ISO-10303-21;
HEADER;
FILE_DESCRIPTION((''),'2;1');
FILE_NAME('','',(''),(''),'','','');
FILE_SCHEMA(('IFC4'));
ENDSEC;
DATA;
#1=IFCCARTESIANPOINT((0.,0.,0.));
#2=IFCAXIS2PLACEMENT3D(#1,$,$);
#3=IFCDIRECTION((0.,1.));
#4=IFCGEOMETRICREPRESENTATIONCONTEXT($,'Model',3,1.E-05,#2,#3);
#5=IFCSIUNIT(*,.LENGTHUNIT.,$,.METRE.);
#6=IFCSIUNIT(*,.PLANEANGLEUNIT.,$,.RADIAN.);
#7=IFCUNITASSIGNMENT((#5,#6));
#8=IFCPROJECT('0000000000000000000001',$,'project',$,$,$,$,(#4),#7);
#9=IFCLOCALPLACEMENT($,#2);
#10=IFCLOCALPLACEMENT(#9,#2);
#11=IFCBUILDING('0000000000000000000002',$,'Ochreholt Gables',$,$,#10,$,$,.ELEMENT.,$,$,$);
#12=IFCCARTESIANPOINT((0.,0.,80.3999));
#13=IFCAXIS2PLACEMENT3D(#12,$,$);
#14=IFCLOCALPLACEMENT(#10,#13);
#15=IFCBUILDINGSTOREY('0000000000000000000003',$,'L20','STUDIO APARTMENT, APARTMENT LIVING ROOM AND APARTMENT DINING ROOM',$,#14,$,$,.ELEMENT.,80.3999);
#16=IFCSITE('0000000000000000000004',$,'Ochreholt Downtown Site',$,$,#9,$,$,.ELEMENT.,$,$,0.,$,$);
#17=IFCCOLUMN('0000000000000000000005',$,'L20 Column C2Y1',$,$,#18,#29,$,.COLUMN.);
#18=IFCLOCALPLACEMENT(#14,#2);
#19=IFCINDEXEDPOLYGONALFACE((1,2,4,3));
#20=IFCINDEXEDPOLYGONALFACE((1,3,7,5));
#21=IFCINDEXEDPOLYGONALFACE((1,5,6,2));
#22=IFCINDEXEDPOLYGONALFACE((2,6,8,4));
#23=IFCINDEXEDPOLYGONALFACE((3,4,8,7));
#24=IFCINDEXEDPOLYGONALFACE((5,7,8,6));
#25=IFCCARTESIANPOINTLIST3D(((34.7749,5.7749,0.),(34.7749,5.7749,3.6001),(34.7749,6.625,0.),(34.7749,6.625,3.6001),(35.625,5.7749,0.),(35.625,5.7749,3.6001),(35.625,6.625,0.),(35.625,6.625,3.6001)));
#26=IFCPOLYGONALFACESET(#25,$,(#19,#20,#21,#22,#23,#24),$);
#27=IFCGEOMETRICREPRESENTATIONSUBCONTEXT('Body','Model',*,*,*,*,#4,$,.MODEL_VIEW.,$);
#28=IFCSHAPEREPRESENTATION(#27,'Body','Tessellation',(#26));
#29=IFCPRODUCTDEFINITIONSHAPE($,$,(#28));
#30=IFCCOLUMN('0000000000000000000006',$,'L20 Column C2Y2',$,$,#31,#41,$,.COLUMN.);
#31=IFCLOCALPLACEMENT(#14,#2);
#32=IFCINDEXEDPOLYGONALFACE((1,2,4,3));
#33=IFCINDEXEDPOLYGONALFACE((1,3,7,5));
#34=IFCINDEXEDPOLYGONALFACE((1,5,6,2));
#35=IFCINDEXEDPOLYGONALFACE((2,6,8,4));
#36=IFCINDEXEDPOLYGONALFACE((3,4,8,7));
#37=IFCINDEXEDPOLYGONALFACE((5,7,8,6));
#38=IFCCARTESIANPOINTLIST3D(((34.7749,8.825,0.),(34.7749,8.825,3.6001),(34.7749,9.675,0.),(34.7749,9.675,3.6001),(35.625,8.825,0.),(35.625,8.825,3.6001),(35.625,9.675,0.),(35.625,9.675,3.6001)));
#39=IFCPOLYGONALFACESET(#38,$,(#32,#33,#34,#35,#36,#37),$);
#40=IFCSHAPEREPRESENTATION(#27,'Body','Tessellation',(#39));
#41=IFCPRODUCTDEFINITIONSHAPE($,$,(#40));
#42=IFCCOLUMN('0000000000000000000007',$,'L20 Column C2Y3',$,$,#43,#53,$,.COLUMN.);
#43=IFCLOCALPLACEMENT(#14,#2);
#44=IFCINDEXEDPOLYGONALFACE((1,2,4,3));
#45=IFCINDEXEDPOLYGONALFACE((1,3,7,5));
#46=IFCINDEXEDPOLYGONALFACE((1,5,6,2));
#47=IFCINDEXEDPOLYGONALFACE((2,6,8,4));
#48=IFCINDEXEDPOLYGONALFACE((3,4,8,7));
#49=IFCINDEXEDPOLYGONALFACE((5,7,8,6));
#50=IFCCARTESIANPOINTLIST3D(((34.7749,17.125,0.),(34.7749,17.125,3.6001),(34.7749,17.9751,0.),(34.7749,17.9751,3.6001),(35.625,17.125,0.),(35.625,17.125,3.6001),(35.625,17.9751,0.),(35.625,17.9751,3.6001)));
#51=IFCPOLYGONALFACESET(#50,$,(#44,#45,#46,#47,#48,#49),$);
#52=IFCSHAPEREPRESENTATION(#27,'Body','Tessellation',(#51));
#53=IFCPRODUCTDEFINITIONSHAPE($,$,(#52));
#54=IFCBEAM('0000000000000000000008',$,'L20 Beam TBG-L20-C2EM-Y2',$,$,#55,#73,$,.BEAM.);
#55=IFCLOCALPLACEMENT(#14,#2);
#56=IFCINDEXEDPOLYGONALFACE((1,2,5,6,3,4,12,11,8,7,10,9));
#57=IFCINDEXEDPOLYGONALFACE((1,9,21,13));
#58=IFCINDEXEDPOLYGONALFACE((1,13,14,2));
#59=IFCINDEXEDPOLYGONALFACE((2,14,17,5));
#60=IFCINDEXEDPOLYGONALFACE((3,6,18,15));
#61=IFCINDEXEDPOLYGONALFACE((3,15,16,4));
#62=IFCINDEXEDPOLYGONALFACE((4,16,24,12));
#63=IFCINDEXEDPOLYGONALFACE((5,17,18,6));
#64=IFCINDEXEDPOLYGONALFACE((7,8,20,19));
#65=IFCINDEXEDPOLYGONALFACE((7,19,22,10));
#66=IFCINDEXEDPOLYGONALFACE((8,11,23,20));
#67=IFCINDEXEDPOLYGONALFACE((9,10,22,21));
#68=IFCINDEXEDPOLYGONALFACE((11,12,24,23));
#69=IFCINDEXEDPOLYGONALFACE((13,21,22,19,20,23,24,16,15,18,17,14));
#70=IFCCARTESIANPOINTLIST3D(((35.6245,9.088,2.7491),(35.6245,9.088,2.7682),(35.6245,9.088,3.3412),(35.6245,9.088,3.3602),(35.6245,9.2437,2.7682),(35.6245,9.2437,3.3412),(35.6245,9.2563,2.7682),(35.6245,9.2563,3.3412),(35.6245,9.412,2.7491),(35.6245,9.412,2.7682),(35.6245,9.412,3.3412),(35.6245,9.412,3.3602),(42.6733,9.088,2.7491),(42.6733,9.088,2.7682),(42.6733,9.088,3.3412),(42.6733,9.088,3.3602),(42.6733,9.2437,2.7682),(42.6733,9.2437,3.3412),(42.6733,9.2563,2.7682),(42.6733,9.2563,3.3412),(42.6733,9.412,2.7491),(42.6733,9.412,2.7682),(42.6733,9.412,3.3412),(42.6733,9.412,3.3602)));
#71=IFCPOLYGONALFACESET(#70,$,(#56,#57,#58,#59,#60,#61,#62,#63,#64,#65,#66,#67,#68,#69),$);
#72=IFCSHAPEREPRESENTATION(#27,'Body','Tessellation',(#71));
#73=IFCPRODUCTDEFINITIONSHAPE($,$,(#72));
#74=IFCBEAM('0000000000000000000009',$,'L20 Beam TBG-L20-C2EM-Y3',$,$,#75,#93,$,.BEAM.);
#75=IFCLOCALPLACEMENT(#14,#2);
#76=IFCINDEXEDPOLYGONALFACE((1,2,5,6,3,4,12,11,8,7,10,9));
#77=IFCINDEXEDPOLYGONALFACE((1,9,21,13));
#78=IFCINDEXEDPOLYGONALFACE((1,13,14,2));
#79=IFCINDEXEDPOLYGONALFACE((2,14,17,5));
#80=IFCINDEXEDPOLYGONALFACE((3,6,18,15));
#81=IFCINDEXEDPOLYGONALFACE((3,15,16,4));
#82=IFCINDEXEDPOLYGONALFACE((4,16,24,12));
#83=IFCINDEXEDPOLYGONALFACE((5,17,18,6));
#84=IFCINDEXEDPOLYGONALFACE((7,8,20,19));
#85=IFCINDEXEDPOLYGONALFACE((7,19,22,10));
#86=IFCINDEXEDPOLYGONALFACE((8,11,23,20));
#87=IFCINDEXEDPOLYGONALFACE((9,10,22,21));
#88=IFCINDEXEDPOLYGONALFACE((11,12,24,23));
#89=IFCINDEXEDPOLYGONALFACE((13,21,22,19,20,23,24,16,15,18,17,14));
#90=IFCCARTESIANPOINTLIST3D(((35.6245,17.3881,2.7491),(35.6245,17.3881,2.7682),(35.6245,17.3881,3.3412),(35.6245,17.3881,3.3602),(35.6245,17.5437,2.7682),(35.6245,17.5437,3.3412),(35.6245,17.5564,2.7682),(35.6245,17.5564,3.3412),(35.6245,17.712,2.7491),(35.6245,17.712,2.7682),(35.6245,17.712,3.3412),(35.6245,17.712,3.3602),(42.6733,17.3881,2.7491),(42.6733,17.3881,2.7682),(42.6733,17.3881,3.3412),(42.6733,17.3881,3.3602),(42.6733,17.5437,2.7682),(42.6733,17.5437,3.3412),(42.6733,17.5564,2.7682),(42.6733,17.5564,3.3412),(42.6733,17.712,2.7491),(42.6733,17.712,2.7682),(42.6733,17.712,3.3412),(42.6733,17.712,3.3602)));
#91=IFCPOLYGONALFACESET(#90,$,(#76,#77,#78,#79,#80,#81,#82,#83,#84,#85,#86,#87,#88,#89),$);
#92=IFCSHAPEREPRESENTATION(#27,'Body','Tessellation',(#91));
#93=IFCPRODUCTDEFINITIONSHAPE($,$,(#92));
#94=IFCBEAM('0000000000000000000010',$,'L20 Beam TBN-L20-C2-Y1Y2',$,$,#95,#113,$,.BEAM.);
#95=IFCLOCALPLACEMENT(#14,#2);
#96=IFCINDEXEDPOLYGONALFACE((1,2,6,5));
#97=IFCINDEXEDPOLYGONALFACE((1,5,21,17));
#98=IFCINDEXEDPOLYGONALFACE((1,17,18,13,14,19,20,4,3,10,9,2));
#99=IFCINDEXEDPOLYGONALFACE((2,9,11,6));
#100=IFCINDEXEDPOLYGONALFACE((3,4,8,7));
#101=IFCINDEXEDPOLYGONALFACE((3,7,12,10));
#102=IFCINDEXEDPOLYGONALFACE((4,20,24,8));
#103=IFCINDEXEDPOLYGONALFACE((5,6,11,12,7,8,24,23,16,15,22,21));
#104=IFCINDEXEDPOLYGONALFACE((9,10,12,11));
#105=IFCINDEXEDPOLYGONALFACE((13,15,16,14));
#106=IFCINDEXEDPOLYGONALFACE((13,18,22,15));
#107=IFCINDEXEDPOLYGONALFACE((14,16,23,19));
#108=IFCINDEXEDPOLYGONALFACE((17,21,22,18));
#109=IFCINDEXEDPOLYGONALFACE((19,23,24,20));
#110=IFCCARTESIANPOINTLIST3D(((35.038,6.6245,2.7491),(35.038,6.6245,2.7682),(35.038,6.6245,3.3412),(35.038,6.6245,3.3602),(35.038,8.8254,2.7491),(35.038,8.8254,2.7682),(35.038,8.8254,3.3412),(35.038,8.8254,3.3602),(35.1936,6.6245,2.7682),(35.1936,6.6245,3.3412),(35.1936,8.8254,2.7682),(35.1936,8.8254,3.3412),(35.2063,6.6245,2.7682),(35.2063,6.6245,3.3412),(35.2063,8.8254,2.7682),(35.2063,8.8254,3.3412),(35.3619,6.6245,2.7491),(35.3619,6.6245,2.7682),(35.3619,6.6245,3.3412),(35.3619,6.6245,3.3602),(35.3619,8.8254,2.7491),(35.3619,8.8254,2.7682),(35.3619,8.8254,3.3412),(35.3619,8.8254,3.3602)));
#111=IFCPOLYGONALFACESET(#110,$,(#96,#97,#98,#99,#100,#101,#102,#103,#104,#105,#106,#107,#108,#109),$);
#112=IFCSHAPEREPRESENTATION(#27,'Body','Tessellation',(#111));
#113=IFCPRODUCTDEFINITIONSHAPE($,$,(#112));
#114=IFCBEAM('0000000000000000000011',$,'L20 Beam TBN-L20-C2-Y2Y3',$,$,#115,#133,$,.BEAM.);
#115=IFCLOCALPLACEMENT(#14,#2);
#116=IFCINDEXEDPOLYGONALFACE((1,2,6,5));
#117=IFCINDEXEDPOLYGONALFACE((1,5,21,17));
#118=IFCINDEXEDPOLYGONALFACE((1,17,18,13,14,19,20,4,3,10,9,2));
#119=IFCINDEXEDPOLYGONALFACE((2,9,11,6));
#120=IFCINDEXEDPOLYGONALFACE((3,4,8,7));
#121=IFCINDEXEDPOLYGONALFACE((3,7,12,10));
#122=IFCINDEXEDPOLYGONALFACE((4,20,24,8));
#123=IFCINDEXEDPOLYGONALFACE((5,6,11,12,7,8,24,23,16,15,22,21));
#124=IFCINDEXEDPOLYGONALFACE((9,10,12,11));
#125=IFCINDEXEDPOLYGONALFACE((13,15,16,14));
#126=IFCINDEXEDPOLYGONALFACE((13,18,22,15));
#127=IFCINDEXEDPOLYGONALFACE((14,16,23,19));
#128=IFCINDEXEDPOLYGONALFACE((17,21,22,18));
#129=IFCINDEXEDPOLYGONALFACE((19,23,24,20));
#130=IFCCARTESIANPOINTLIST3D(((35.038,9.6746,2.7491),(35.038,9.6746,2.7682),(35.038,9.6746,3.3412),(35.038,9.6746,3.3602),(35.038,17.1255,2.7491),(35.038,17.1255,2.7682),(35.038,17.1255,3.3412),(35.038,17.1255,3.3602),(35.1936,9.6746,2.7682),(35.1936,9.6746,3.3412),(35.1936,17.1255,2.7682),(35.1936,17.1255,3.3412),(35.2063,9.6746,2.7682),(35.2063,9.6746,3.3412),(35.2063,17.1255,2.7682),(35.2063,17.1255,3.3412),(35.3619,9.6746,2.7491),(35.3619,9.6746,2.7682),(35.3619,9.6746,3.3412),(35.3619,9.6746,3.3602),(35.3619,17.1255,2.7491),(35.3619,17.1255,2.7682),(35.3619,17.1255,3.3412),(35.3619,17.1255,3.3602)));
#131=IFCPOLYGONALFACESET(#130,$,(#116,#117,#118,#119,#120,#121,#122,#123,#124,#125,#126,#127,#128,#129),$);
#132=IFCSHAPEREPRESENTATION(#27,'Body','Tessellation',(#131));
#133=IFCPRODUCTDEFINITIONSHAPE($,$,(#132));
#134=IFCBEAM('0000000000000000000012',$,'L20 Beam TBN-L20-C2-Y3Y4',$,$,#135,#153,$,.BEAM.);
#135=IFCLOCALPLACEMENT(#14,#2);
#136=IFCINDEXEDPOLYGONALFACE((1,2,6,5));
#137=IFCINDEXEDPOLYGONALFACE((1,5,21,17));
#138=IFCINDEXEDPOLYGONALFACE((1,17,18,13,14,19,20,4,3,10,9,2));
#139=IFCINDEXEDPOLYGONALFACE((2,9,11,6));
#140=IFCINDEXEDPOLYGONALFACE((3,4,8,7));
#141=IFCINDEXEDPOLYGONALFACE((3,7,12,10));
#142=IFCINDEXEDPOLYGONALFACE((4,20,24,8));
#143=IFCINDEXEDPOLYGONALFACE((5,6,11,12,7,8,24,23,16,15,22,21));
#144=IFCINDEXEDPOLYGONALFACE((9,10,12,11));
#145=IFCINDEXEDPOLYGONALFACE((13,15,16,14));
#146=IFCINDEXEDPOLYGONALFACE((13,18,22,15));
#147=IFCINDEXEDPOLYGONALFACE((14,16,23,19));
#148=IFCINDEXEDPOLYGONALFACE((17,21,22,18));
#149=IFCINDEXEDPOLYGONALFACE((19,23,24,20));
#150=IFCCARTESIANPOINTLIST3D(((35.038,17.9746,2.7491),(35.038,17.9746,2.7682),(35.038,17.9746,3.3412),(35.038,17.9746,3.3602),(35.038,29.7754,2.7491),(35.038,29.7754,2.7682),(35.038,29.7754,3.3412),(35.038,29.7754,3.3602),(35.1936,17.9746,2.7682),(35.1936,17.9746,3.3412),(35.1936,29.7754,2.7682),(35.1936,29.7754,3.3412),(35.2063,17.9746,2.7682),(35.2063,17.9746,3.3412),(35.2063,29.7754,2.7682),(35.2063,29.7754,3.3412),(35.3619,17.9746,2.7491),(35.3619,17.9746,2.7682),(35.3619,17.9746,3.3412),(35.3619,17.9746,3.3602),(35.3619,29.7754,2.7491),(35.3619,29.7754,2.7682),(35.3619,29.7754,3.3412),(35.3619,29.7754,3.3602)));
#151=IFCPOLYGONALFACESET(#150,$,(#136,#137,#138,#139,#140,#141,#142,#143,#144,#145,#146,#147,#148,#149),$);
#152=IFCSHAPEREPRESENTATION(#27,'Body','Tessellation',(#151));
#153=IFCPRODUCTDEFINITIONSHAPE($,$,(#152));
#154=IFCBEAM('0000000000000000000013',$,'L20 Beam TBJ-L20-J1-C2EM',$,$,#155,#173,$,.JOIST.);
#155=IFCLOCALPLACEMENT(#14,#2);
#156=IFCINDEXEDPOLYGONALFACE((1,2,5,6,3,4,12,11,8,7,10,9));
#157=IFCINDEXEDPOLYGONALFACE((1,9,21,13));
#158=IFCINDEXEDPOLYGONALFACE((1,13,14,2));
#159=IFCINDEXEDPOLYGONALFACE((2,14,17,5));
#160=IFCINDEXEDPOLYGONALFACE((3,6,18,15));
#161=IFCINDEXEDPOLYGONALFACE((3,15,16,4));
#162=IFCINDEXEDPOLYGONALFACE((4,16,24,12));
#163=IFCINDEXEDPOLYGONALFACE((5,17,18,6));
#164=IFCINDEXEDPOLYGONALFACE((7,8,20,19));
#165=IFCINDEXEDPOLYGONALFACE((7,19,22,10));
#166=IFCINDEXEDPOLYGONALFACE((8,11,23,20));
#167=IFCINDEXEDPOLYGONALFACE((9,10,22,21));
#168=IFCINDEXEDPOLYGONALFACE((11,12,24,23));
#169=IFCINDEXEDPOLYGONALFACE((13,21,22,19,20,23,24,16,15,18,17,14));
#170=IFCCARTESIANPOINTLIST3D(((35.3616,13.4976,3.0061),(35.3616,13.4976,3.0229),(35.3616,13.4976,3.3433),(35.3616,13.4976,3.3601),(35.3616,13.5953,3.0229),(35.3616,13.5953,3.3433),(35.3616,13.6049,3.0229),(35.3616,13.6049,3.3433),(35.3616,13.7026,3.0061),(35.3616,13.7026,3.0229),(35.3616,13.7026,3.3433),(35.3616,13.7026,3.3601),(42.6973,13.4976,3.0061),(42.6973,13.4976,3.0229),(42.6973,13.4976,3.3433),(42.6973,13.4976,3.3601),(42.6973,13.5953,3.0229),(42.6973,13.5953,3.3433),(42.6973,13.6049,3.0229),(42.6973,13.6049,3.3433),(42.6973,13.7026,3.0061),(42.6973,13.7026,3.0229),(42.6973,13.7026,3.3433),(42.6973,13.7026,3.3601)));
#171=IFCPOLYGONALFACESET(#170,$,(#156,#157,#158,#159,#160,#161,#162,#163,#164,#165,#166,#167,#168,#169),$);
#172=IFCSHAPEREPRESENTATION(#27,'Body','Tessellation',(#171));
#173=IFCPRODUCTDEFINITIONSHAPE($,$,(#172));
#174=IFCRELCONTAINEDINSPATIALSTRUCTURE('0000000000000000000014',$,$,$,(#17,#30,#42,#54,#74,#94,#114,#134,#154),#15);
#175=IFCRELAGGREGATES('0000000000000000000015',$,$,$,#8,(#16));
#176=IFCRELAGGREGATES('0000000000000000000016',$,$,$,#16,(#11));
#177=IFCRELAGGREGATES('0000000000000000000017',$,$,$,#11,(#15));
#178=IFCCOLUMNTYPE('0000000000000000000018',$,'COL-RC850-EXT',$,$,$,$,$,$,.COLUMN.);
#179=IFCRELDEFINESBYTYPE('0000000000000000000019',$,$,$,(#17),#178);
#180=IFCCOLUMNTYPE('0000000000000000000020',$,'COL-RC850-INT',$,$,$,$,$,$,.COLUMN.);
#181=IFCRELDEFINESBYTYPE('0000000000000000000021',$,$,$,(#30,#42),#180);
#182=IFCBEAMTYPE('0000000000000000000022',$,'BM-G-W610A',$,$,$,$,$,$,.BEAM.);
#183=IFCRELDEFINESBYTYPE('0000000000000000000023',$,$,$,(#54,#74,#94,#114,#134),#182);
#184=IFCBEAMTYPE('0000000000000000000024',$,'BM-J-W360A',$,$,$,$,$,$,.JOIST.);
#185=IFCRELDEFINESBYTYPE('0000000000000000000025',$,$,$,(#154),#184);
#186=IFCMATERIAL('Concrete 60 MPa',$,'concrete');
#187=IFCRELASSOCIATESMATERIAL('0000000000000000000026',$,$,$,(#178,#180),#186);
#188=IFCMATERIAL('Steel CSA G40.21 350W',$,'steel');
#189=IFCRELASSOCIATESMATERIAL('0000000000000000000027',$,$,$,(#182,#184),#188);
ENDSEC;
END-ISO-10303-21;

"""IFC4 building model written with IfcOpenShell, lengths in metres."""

from ifc_helpers import new_model, si_unit, direction, frame, origin, origin_2d, place, context, subcontext, project, spatial, rectangle, i_section, extrude, material, material_profile, profile_set, type_object, element, save


model = new_model("IFC4")

# Units and contexts
model_context = context("Model", 3, precision=1e-05, world=origin(), true_north=direction((0.0, 1.0)))
body_context = subcontext(model_context, "Body", "Model", "MODEL_VIEW")
ifc_project = project(units=[si_unit("LENGTHUNIT", "METRE"), si_unit("PLANEANGLEUNIT", "RADIAN")], contexts=[model_context])

# Site, building, storey
site_placement = place(None, origin())
site = spatial("IfcSite", under=ifc_project, at=site_placement, Name="Ochreholt Downtown Site", CompositionType="ELEMENT", RefElevation=0.0)
building_placement = place(site_placement, origin())
building = spatial("IfcBuilding", under=site, at=building_placement, Name="Ochreholt Gables", CompositionType="ELEMENT")
storey_placement = place(building_placement, frame((0.0, 0.0, 80.3999)))
storey = spatial("IfcBuildingStorey", under=building, at=storey_placement, Name="L20", Description="STUDIO APARTMENT, APARTMENT LIVING ROOM AND APARTMENT DINING ROOM", CompositionType="ELEMENT", Elevation=80.3999)

# Columns
ifc_material_1 = material(Name="Concrete 60 MPa", Category="concrete")
ifc_material_profile_1 = material_profile(ifc_material_1, rectangle(XDim=0.8501, YDim=0.8501, at=origin_2d()), Name="RC850X850")
ifc_profile_set_1 = profile_set([ifc_material_profile_1], Name="Concrete 60 MPa")
column_type_1 = type_object("IfcColumnType", Name="COL-RC850-EXT", PredefinedType="COLUMN", material=ifc_profile_set_1)
column_placement = place(storey_placement, frame((35.2, 6.2, 0.0), z_axis=(0.0, 0.0, 1.0), x_axis=(1.0, 0.0, 0.0)))
element("IfcColumn", 1, at=column_placement, inside=storey, type_object=column_type_1, Name="L20 Column C2Y1", PredefinedType="COLUMN", context=body_context, shape_type="SweptSolid", body=[
    extrude(rectangle(XDim=0.8501, YDim=0.8501, at=origin_2d()), origin(), (0.0, 0.0, 1.0), 3.6001),
])
ifc_material_profile_2 = material_profile(ifc_material_1, rectangle(XDim=0.8501, YDim=0.8501, at=origin_2d()), Name="RC850X850")
ifc_profile_set_2 = profile_set([ifc_material_profile_2], Name="Concrete 60 MPa")
column_type_2 = type_object("IfcColumnType", Name="COL-RC850-INT", PredefinedType="COLUMN", material=ifc_profile_set_2)
for number, where, z_axis, x_axis, name in (
    (2, (35.2, 9.25, 0.0), (0.0, 0.0, 1.0), (1.0, 0.0, 0.0), "L20 Column C2Y2"),
    (3, (35.2, 17.55, 0.0), (0.0, 0.0, 1.0), (1.0, 0.0, 0.0), "L20 Column C2Y3"),
):
    element("IfcColumn", number, at=place(storey_placement, frame(where, z_axis=z_axis, x_axis=x_axis)), inside=storey, type_object=column_type_2, Name=name, PredefinedType="COLUMN", context=body_context, shape_type="SweptSolid", body=[
        extrude(rectangle(XDim=0.8501, YDim=0.8501, at=origin_2d()), origin(), (0.0, 0.0, 1.0), 3.6001),
    ])

# Beams
ifc_material_2 = material(Name="Steel CSA G40.21 350W", Category="steel")
ifc_material_profile_3 = material_profile(ifc_material_2, i_section(OverallWidth=0.324, OverallDepth=0.6111, WebThickness=0.0127, FlangeThickness=0.019, at=origin_2d()), Name="W610X155")
ifc_profile_set_3 = profile_set([ifc_material_profile_3], Name="Steel CSA G40.21 350W")
beam_type_1 = type_object("IfcBeamType", Name="BM-G-W610A", PredefinedType="BEAM", material=ifc_profile_set_3)
for number, where, z_axis, x_axis, name in (
    (4, (35.6245, 9.25, 3.0547), (1.0, 0.0, 0.0), (0.0, 1.0, 0.0), "L20 Beam TBG-L20-C2EM-Y2"),
    (5, (35.6245, 17.55, 3.0547), (1.0, 0.0, 0.0), (0.0, 1.0, 0.0), "L20 Beam TBG-L20-C2EM-Y3"),
):
    element("IfcBeam", number, at=place(storey_placement, frame(where, z_axis=z_axis, x_axis=x_axis)), inside=storey, type_object=beam_type_1, Name=name, PredefinedType="BEAM", context=body_context, shape_type="SweptSolid", body=[
        extrude(i_section(OverallWidth=0.324, OverallDepth=0.6111, WebThickness=0.0127, FlangeThickness=0.019, at=origin_2d()), origin(), (0.0, 0.0, 1.0), 7.0488),
    ])
beam_1_placement = place(storey_placement, frame((35.2, 6.6245, 3.0547), z_axis=(0.0, 1.0, 0.0), x_axis=(-1.0, 0.0, 0.0)))
element("IfcBeam", 6, at=beam_1_placement, inside=storey, type_object=beam_type_1, Name="L20 Beam TBN-L20-C2-Y1Y2", PredefinedType="BEAM", context=body_context, shape_type="SweptSolid", body=[
    extrude(i_section(OverallWidth=0.324, OverallDepth=0.6111, WebThickness=0.0127, FlangeThickness=0.019, at=origin_2d()), origin(), (0.0, 0.0, 1.0), 2.2009),
])
beam_2_placement = place(storey_placement, frame((35.2, 9.6746, 3.0547), z_axis=(0.0, 1.0, 0.0), x_axis=(-1.0, 0.0, 0.0)))
element("IfcBeam", 7, at=beam_2_placement, inside=storey, type_object=beam_type_1, Name="L20 Beam TBN-L20-C2-Y2Y3", PredefinedType="BEAM", context=body_context, shape_type="SweptSolid", body=[
    extrude(i_section(OverallWidth=0.324, OverallDepth=0.6111, WebThickness=0.0127, FlangeThickness=0.019, at=origin_2d()), origin(), (0.0, 0.0, 1.0), 7.4509),
])
beam_3_placement = place(storey_placement, frame((35.2, 17.9746, 3.0547), z_axis=(0.0, 1.0, 0.0), x_axis=(-1.0, 0.0, 0.0)))
element("IfcBeam", 8, at=beam_3_placement, inside=storey, type_object=beam_type_1, Name="L20 Beam TBN-L20-C2-Y3Y4", PredefinedType="BEAM", context=body_context, shape_type="SweptSolid", body=[
    extrude(i_section(OverallWidth=0.324, OverallDepth=0.6111, WebThickness=0.0127, FlangeThickness=0.019, at=origin_2d()), origin(), (0.0, 0.0, 1.0), 11.8008),
])
ifc_material_profile_4 = material_profile(ifc_material_2, i_section(OverallWidth=0.2051, OverallDepth=0.354, WebThickness=0.0095, FlangeThickness=0.0168, at=origin_2d()), Name="W360X79")
ifc_profile_set_4 = profile_set([ifc_material_profile_4], Name="Steel CSA G40.21 350W")
beam_type_2 = type_object("IfcBeamType", Name="BM-J-W360A", PredefinedType="JOIST", material=ifc_profile_set_4)
beam_4_placement = place(storey_placement, frame((35.3616, 13.6001, 3.1831), z_axis=(1.0, 0.0, 0.0), x_axis=(0.0, 1.0, 0.0)))
element("IfcBeam", 9, at=beam_4_placement, inside=storey, type_object=beam_type_2, Name="L20 Beam TBJ-L20-J1-C2EM", PredefinedType="JOIST", context=body_context, shape_type="SweptSolid", body=[
    extrude(i_section(OverallWidth=0.2051, OverallDepth=0.354, WebThickness=0.0095, FlangeThickness=0.0168, at=origin_2d()), origin(), (0.0, 0.0, 1.0), 7.3357),
])

save(model, "model.ifc")
